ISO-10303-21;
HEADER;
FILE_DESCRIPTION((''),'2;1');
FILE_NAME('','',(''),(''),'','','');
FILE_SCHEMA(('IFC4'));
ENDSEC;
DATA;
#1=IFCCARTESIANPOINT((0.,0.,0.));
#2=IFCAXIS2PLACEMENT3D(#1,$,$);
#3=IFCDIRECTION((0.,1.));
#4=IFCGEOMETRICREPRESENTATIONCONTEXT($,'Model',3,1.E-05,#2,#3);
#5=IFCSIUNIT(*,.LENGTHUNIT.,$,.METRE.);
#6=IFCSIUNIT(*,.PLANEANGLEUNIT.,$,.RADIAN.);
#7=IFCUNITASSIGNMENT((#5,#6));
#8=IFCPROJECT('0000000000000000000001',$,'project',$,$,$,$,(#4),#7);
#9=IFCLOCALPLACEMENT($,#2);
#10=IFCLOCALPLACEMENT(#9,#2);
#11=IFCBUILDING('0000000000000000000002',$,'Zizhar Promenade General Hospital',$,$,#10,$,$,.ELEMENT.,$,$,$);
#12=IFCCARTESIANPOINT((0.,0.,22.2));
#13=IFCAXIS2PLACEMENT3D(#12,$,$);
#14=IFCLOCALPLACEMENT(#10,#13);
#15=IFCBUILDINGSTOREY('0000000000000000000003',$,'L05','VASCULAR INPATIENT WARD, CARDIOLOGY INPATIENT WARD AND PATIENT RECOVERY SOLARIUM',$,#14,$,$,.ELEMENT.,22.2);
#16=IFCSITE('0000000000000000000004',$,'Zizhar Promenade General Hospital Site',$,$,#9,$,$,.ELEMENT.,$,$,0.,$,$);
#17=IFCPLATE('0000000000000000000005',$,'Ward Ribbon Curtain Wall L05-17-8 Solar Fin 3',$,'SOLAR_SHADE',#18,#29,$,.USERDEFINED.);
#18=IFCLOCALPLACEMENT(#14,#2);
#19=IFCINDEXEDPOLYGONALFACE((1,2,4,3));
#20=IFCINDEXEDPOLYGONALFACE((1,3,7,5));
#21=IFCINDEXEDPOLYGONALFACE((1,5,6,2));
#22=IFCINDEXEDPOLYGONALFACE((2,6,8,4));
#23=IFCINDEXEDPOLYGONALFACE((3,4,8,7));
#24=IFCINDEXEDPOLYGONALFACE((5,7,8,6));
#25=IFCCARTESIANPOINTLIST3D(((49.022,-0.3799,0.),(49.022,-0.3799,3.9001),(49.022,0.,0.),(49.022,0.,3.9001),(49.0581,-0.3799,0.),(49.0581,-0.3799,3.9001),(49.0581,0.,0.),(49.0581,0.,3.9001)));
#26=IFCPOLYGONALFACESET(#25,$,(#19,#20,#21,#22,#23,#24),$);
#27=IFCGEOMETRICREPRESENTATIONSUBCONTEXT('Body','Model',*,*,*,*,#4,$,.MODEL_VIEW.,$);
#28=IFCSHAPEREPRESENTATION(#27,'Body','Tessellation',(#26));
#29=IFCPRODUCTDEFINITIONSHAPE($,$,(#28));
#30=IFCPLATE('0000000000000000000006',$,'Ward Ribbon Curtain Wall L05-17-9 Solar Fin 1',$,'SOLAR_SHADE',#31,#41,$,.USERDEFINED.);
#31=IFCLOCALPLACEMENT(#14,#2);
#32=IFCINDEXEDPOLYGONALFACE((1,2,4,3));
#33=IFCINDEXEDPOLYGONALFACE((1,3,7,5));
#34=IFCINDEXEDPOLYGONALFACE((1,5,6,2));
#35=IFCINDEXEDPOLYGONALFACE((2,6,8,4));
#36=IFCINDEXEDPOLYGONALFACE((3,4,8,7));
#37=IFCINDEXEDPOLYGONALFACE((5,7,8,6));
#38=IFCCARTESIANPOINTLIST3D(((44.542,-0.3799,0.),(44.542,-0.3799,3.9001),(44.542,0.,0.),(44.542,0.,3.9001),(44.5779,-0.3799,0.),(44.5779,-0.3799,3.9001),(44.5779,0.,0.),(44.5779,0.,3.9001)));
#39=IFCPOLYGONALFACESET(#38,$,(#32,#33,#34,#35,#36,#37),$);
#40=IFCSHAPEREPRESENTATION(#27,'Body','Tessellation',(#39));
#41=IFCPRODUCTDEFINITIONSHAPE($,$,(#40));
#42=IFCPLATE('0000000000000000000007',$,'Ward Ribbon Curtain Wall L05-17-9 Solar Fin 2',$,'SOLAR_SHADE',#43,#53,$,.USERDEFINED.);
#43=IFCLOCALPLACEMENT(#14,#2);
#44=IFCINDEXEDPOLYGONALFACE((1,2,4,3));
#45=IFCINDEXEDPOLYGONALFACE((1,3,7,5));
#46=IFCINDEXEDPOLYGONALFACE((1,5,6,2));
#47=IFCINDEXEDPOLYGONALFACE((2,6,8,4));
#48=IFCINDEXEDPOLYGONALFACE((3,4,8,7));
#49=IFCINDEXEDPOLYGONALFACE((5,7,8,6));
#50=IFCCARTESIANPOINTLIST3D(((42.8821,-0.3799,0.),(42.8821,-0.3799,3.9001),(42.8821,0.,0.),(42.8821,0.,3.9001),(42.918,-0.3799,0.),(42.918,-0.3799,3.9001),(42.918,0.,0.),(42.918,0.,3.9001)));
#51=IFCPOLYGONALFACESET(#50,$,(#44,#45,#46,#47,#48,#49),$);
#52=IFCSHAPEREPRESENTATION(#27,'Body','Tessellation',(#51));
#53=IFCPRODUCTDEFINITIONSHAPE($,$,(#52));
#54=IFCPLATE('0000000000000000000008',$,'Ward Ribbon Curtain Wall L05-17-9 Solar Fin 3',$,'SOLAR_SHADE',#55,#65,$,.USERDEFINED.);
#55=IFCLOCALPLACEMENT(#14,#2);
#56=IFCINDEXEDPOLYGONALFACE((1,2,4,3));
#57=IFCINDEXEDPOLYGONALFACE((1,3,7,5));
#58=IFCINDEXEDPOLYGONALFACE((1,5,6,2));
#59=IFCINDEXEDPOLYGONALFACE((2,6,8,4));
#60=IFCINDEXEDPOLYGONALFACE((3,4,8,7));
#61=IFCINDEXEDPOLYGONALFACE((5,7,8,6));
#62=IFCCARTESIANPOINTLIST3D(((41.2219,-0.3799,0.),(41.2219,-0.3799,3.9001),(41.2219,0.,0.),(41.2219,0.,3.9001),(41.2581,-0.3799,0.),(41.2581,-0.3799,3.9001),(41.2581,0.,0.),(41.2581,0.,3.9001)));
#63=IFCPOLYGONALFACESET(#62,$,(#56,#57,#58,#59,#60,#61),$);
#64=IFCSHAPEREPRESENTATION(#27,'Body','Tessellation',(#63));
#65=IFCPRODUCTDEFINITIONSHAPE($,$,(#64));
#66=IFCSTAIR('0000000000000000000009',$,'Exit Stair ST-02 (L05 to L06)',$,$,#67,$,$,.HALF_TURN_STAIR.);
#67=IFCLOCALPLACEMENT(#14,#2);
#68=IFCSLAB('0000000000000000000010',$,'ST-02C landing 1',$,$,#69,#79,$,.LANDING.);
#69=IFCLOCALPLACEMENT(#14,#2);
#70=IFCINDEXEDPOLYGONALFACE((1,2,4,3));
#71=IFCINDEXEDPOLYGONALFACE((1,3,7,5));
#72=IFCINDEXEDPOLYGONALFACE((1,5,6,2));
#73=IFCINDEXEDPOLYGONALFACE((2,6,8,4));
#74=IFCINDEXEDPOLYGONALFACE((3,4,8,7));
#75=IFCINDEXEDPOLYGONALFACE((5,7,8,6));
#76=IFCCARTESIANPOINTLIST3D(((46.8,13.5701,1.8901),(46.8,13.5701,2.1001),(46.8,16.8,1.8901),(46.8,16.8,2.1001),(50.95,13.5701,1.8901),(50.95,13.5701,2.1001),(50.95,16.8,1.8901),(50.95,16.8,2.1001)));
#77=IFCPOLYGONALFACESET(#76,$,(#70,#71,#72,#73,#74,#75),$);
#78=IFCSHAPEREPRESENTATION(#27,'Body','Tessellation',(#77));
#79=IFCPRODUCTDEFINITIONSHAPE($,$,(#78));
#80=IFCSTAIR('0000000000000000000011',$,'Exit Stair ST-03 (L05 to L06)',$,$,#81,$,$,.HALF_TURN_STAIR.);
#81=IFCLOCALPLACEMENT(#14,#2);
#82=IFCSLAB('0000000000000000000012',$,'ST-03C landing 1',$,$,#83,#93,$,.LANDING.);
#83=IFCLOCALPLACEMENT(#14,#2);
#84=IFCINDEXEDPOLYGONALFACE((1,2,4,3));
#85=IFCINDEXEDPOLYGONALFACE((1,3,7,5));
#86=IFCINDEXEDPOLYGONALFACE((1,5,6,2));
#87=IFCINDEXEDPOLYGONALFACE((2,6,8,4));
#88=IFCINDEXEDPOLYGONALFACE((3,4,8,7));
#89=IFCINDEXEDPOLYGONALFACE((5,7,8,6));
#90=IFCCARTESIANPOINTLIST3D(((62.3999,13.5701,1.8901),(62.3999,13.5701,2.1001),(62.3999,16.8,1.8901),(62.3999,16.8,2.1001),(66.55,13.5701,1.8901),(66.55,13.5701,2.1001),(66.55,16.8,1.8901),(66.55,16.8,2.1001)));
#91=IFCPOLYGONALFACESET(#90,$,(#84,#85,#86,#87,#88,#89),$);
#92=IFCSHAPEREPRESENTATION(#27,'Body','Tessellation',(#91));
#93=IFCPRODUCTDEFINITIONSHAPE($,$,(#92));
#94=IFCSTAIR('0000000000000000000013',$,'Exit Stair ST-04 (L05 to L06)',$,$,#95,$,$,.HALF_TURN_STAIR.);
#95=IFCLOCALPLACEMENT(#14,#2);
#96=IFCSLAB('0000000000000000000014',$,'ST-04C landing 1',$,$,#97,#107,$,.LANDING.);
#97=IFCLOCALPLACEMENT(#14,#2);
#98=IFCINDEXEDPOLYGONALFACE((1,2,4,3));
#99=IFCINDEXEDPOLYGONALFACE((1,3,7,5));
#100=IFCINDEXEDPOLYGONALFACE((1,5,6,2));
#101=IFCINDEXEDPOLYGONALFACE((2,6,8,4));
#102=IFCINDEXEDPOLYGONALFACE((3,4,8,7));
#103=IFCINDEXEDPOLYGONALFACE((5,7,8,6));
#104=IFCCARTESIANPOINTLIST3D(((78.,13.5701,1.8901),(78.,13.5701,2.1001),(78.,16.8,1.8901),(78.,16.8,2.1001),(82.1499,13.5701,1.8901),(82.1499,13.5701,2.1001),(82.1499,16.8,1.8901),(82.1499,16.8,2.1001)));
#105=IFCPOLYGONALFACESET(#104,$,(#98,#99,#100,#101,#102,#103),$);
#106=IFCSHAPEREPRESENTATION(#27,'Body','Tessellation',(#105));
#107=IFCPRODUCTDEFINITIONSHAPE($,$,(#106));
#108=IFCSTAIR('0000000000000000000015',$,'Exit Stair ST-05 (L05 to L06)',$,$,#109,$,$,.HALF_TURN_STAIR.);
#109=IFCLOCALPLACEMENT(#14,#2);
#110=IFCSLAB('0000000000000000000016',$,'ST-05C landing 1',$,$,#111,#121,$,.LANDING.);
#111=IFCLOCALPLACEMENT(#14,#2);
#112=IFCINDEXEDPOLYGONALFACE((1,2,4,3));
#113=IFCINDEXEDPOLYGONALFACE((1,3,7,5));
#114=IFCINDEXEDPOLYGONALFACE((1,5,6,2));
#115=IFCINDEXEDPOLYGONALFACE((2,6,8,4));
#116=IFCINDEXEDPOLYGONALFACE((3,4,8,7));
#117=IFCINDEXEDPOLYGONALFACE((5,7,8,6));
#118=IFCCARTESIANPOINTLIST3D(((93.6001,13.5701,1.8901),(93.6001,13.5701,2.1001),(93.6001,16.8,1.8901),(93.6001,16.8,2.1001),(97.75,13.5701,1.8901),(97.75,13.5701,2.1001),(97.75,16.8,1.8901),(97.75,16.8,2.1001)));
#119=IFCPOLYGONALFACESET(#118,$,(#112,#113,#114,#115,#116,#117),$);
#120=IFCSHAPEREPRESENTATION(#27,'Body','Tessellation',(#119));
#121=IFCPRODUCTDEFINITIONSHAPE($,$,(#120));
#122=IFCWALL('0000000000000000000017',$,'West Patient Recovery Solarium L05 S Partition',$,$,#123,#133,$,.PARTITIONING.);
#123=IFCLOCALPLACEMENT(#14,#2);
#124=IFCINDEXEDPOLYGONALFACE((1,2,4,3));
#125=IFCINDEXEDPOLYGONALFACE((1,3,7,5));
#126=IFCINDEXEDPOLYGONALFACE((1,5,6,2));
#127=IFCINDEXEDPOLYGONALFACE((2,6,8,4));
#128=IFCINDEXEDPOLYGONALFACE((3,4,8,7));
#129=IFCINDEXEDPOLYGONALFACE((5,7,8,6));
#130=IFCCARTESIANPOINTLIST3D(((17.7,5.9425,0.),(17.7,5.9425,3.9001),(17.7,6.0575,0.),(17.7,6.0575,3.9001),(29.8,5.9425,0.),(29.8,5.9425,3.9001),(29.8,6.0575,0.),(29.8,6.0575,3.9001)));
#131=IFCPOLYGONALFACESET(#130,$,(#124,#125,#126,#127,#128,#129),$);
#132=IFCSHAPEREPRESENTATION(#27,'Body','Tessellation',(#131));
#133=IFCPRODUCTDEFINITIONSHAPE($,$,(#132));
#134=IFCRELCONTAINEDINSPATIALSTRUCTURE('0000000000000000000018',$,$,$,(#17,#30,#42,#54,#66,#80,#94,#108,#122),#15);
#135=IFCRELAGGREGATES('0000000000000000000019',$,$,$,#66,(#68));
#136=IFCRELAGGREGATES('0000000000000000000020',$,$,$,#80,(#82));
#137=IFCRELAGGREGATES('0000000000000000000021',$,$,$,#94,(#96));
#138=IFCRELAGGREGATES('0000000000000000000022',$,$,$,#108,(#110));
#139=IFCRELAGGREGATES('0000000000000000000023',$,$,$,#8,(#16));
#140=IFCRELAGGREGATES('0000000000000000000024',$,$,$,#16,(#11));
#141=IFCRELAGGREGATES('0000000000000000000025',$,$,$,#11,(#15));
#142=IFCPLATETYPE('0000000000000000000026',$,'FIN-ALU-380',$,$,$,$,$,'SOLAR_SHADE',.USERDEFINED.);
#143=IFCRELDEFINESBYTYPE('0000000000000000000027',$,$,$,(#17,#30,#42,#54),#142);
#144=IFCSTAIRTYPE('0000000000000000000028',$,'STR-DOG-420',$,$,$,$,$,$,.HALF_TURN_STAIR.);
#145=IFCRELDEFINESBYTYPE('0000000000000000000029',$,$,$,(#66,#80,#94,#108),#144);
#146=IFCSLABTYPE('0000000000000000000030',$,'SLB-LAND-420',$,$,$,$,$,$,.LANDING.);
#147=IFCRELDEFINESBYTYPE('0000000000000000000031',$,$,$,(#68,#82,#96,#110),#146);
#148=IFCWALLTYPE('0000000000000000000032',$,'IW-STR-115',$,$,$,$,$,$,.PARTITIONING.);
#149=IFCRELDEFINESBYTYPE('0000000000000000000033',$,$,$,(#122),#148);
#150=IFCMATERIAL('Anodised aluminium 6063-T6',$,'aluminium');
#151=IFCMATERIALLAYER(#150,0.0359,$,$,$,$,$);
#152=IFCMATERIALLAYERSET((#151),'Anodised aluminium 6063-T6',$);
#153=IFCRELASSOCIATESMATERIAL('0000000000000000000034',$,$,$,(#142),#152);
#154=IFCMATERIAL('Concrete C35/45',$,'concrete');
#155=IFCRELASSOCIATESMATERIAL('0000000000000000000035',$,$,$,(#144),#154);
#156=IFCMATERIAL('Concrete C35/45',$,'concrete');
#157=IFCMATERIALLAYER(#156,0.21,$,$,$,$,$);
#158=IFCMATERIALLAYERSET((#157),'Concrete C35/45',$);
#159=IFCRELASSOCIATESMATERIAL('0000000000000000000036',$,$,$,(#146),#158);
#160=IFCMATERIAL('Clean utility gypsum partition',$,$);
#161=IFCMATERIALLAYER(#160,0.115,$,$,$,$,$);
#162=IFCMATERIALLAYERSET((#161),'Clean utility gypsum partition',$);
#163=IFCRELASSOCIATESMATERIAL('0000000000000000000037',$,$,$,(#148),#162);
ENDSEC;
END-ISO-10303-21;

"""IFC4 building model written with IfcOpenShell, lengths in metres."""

from ifc_helpers import new_model, si_unit, direction, frame, frame_2d, origin, place, context, subcontext, project, spatial, polyline, rectangle, outline, extrude, material, layer, layer_set, type_object, element, aggregate, save


model = new_model("IFC4")

# Units and contexts
model_context = context("Model", 3, precision=1e-05, world=origin(), true_north=direction((0.0, 1.0)))
body_context = subcontext(model_context, "Body", "Model", "MODEL_VIEW")
ifc_project = project(units=[si_unit("LENGTHUNIT", "METRE"), si_unit("PLANEANGLEUNIT", "RADIAN")], contexts=[model_context])

# Site, building, storey
site_placement = place(None, origin())
site = spatial("IfcSite", under=ifc_project, at=site_placement, Name="Zizhar Promenade General Hospital Site", CompositionType="ELEMENT", RefElevation=0.0)
building_placement = place(site_placement, origin())
building = spatial("IfcBuilding", under=site, at=building_placement, Name="Zizhar Promenade General Hospital", CompositionType="ELEMENT")
storey_placement = place(building_placement, frame((0.0, 0.0, 22.2)))
storey = spatial("IfcBuildingStorey", under=building, at=storey_placement, Name="L05", Description="VASCULAR INPATIENT WARD, CARDIOLOGY INPATIENT WARD AND PATIENT RECOVERY SOLARIUM", CompositionType="ELEMENT", Elevation=22.2)

# Plates
ifc_material_1 = material(Name="Anodised aluminium 6063-T6", Category="aluminium")
ifc_layer_1 = layer(ifc_material_1, 0.0359)
ifc_layer_set_1 = layer_set([ifc_layer_1], Name="Anodised aluminium 6063-T6")
plate_type_1 = type_object("IfcPlateType", Name="FIN-ALU-380", ElementType="SOLAR_SHADE", PredefinedType="USERDEFINED", material=ifc_layer_set_1)
plate_1_placement = place(storey_placement, origin())
element("IfcPlate", 1, at=plate_1_placement, inside=storey, type_object=plate_type_1, Name="Ward Ribbon Curtain Wall L05-17-8 Solar Fin 3", ObjectType="SOLAR_SHADE", PredefinedType="USERDEFINED", context=body_context, shape_type="SweptSolid", body=[
    extrude(outline(polyline([(49.0581, 0.0), (49.022, 0.0), (49.022, -0.3799), (49.0581, -0.3799), (49.0581, 0.0)])), origin(), (0.0, 0.0, 1.0), 3.9001),
])
plate_2_placement = place(storey_placement, origin())
element("IfcPlate", 2, at=plate_2_placement, inside=storey, type_object=plate_type_1, Name="Ward Ribbon Curtain Wall L05-17-9 Solar Fin 1", ObjectType="SOLAR_SHADE", PredefinedType="USERDEFINED", context=body_context, shape_type="SweptSolid", body=[
    extrude(outline(polyline([(44.5779, 0.0), (44.542, 0.0), (44.542, -0.3799), (44.5779, -0.3799), (44.5779, 0.0)])), origin(), (0.0, 0.0, 1.0), 3.9001),
])
plate_3_placement = place(storey_placement, origin())
element("IfcPlate", 3, at=plate_3_placement, inside=storey, type_object=plate_type_1, Name="Ward Ribbon Curtain Wall L05-17-9 Solar Fin 2", ObjectType="SOLAR_SHADE", PredefinedType="USERDEFINED", context=body_context, shape_type="SweptSolid", body=[
    extrude(outline(polyline([(42.918, 0.0), (42.8821, 0.0), (42.8821, -0.3799), (42.918, -0.3799), (42.918, 0.0)])), origin(), (0.0, 0.0, 1.0), 3.9001),
])
plate_4_placement = place(storey_placement, origin())
element("IfcPlate", 4, at=plate_4_placement, inside=storey, type_object=plate_type_1, Name="Ward Ribbon Curtain Wall L05-17-9 Solar Fin 3", ObjectType="SOLAR_SHADE", PredefinedType="USERDEFINED", context=body_context, shape_type="SweptSolid", body=[
    extrude(outline(polyline([(41.2581, 0.0), (41.2219, 0.0), (41.2219, -0.3799), (41.2581, -0.3799), (41.2581, 0.0)])), origin(), (0.0, 0.0, 1.0), 3.9001),
])

# Stairs, slabs
ifc_material_2 = material(Name="Concrete C35/45", Category="concrete")
stair_type = type_object("IfcStairType", Name="STR-DOG-420", PredefinedType="HALF_TURN_STAIR", material=ifc_material_2)
stair_1_placement = place(storey_placement, origin())
stair_1 = element("IfcStair", 5, at=stair_1_placement, inside=storey, type_object=stair_type, Name="Exit Stair ST-02 (L05 to L06)", PredefinedType="HALF_TURN_STAIR")
ifc_material_3 = material(Name="Concrete C35/45", Category="concrete")
ifc_layer_2 = layer(ifc_material_3, 0.21)
ifc_layer_set_2 = layer_set([ifc_layer_2], Name="Concrete C35/45")
slab_type = type_object("IfcSlabType", Name="SLB-LAND-420", PredefinedType="LANDING", material=ifc_layer_set_2)
slab_1_placement = place(storey_placement, frame((0.0, 0.0, 1.8901)))
slab_1 = element("IfcSlab", 6, at=slab_1_placement, type_object=slab_type, Name="ST-02C landing 1", PredefinedType="LANDING", context=body_context, shape_type="SweptSolid", body=[
    extrude(outline(polyline([(46.8, 13.5701), (50.95, 13.5701), (50.95, 16.8), (46.8, 16.8), (46.8, 13.5701)])), origin(), (0.0, 0.0, 1.0), 0.21),
])
aggregate(stair_1, [slab_1])
stair_2_placement = place(storey_placement, origin())
stair_2 = element("IfcStair", 7, at=stair_2_placement, inside=storey, type_object=stair_type, Name="Exit Stair ST-03 (L05 to L06)", PredefinedType="HALF_TURN_STAIR")
slab_2_placement = place(storey_placement, frame((0.0, 0.0, 1.8901)))
slab_2 = element("IfcSlab", 8, at=slab_2_placement, type_object=slab_type, Name="ST-03C landing 1", PredefinedType="LANDING", context=body_context, shape_type="SweptSolid", body=[
    extrude(outline(polyline([(62.3999, 13.5701), (66.55, 13.5701), (66.55, 16.8), (62.3999, 16.8), (62.3999, 13.5701)])), origin(), (0.0, 0.0, 1.0), 0.21),
])
aggregate(stair_2, [slab_2])
stair_3_placement = place(storey_placement, origin())
stair_3 = element("IfcStair", 9, at=stair_3_placement, inside=storey, type_object=stair_type, Name="Exit Stair ST-04 (L05 to L06)", PredefinedType="HALF_TURN_STAIR")
slab_3_placement = place(storey_placement, frame((0.0, 0.0, 1.8901)))
slab_3 = element("IfcSlab", 10, at=slab_3_placement, type_object=slab_type, Name="ST-04C landing 1", PredefinedType="LANDING", context=body_context, shape_type="SweptSolid", body=[
    extrude(outline(polyline([(78.0, 13.5701), (82.1499, 13.5701), (82.1499, 16.8), (78.0, 16.8), (78.0, 13.5701)])), origin(), (0.0, 0.0, 1.0), 0.21),
])
aggregate(stair_3, [slab_3])
stair_4_placement = place(storey_placement, origin())
stair_4 = element("IfcStair", 11, at=stair_4_placement, inside=storey, type_object=stair_type, Name="Exit Stair ST-05 (L05 to L06)", PredefinedType="HALF_TURN_STAIR")
slab_4_placement = place(storey_placement, frame((0.0, 0.0, 1.8901)))
slab_4 = element("IfcSlab", 12, at=slab_4_placement, type_object=slab_type, Name="ST-05C landing 1", PredefinedType="LANDING", context=body_context, shape_type="SweptSolid", body=[
    extrude(outline(polyline([(93.6001, 13.5701), (97.75, 13.5701), (97.75, 16.8), (93.6001, 16.8), (93.6001, 13.5701)])), origin(), (0.0, 0.0, 1.0), 0.21),
])
aggregate(stair_4, [slab_4])

# Wall
ifc_material_4 = material(Name="Clean utility gypsum partition")
ifc_layer_3 = layer(ifc_material_4, 0.115)
ifc_layer_set_3 = layer_set([ifc_layer_3], Name="Clean utility gypsum partition")
wall_type = type_object("IfcWallType", Name="IW-STR-115", PredefinedType="PARTITIONING", material=ifc_layer_set_3)
wall_placement = place(storey_placement, frame((17.7, 6.0, 0.0), z_axis=(0.0, 0.0, 1.0), x_axis=(1.0, 0.0, 0.0)))
element("IfcWall", 13, at=wall_placement, inside=storey, type_object=wall_type, Name="West Patient Recovery Solarium L05 S Partition", PredefinedType="PARTITIONING", context=body_context, shape_type="SweptSolid", body=[
    extrude(rectangle(XDim=12.1001, YDim=0.115, at=frame_2d((6.05, 0.0))), origin(), (0.0, 0.0, 1.0), 3.9001),
])

save(model, "model.ifc")
